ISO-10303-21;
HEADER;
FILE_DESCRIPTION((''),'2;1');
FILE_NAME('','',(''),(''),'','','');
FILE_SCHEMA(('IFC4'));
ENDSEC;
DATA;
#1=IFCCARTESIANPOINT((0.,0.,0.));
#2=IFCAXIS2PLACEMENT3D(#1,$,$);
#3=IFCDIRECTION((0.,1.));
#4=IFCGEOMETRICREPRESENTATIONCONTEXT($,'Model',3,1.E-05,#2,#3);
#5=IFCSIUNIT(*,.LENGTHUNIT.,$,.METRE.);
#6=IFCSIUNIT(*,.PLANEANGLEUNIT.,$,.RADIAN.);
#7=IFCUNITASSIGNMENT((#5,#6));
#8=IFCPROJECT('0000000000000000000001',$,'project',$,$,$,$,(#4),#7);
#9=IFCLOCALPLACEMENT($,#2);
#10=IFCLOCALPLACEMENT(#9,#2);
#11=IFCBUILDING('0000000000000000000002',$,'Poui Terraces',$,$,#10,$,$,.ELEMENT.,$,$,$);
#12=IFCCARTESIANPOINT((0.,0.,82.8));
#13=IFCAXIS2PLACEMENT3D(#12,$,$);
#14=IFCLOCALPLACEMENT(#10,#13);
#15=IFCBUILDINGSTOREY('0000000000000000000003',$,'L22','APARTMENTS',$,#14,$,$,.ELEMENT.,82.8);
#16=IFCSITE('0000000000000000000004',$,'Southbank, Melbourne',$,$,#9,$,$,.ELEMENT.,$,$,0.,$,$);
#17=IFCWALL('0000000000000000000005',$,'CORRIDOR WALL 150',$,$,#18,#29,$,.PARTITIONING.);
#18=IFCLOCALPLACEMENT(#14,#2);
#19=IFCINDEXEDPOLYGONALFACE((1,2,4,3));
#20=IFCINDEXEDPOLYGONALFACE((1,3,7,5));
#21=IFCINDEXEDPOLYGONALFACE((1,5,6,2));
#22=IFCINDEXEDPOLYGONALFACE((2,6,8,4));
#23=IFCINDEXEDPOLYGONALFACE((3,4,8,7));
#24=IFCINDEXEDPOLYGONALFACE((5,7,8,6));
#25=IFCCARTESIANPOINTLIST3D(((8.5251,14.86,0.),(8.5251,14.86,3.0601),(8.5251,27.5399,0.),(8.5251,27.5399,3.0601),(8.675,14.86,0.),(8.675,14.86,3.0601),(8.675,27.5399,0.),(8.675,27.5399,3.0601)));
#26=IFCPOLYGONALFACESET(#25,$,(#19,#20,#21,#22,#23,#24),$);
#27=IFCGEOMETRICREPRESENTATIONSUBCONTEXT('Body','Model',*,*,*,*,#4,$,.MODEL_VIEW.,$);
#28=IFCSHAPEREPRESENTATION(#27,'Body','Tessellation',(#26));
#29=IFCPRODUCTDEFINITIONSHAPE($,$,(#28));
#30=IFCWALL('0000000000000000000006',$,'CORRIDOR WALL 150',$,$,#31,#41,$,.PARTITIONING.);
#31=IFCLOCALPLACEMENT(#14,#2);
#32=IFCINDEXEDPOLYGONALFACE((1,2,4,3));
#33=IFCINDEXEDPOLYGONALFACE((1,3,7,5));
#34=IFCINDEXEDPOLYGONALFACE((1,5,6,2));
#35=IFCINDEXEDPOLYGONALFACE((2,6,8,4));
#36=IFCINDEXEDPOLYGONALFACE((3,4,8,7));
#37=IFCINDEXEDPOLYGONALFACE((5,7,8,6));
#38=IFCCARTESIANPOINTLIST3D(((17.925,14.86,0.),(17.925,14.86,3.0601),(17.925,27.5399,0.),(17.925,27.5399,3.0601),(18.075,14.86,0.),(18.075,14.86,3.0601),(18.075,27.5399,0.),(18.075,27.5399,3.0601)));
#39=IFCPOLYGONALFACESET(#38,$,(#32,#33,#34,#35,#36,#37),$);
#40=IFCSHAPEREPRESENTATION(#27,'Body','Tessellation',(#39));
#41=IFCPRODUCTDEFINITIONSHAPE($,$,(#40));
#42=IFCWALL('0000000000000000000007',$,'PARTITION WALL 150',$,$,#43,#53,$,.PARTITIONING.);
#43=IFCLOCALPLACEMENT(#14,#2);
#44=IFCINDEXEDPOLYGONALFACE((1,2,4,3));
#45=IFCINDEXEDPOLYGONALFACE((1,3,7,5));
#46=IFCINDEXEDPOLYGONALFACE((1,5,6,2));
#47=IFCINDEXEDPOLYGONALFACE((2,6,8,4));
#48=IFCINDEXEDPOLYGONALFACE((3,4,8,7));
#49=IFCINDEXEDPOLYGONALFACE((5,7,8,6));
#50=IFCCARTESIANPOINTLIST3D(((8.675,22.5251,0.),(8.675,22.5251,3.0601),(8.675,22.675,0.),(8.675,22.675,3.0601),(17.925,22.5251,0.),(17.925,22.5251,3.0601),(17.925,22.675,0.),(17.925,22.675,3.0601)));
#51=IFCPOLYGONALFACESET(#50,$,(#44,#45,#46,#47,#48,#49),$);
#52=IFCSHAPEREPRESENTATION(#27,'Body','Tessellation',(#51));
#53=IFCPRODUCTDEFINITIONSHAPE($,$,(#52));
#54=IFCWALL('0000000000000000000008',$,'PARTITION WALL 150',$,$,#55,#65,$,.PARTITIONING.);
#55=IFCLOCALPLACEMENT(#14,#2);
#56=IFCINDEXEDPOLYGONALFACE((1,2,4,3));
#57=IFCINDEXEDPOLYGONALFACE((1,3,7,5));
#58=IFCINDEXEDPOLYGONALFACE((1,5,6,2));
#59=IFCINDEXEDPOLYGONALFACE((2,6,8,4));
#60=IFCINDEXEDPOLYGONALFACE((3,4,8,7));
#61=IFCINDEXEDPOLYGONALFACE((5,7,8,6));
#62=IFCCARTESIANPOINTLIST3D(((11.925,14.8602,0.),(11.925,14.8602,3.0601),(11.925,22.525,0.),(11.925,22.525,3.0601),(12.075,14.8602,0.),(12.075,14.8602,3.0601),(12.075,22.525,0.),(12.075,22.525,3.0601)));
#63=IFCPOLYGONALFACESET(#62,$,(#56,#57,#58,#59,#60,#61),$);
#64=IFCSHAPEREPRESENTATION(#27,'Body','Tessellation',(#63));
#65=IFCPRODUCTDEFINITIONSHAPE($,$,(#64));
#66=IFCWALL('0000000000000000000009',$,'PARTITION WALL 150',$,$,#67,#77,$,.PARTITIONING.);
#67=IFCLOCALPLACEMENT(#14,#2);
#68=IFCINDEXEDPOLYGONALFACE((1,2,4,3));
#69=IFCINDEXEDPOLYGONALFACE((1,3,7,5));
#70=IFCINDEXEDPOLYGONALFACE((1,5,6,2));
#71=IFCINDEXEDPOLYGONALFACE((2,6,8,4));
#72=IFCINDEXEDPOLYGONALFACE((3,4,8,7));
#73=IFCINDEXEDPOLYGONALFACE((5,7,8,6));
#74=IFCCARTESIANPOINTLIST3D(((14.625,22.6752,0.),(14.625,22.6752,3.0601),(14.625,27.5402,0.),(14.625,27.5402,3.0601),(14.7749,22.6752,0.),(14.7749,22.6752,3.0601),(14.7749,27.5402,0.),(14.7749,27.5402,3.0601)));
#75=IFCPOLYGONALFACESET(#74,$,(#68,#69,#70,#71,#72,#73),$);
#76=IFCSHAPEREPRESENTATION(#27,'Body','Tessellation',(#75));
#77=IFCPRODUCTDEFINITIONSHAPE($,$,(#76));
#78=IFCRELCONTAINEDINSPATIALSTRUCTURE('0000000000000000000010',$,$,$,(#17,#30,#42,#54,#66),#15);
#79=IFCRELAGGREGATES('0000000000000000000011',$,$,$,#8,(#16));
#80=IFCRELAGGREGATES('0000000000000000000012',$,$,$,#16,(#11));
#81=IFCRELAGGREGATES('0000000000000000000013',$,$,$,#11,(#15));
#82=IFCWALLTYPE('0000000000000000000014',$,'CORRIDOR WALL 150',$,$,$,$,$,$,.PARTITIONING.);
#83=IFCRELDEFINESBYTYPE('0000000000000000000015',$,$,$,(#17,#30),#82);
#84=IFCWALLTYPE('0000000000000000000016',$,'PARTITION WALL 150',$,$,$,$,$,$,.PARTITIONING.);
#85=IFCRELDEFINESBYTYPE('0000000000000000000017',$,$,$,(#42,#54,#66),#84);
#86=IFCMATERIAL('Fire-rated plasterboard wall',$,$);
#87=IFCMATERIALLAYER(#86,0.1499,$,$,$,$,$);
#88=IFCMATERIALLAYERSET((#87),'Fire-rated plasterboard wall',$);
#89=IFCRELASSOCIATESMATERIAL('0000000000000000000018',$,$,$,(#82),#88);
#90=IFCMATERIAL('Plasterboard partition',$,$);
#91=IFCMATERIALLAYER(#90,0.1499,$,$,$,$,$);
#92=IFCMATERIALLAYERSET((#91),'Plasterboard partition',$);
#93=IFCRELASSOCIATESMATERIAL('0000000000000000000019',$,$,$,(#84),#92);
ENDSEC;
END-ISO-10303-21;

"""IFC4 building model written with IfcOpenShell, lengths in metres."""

from ifc_helpers import new_model, si_unit, direction, frame, frame_2d, origin, place, context, subcontext, project, spatial, rectangle, extrude, material, layer, layer_set, type_object, element, save


model = new_model("IFC4")

# Units and contexts
model_context = context("Model", 3, precision=1e-05, world=origin(), true_north=direction((0.0, 1.0)))
body_context = subcontext(model_context, "Body", "Model", "MODEL_VIEW")
ifc_project = project(units=[si_unit("LENGTHUNIT", "METRE"), si_unit("PLANEANGLEUNIT", "RADIAN")], contexts=[model_context])

# Site, building, storey
site_placement = place(None, origin())
site = spatial("IfcSite", under=ifc_project, at=site_placement, Name="Southbank, Melbourne", CompositionType="ELEMENT", RefElevation=0.0)
building_placement = place(site_placement, origin())
building = spatial("IfcBuilding", under=site, at=building_placement, Name="Poui Terraces", CompositionType="ELEMENT")
storey_placement = place(building_placement, frame((0.0, 0.0, 82.8)))
storey = spatial("IfcBuildingStorey", under=building, at=storey_placement, Name="L22", Description="APARTMENTS", CompositionType="ELEMENT", Elevation=82.8)

# Walls
ifc_material_1 = material(Name="Fire-rated plasterboard wall")
ifc_layer_1 = layer(ifc_material_1, 0.1499)
ifc_layer_set_1 = layer_set([ifc_layer_1], Name="Fire-rated plasterboard wall")
wall_type_1 = type_object("IfcWallType", Name="CORRIDOR WALL 150", PredefinedType="PARTITIONING", material=ifc_layer_set_1)
for number, where, z_axis, x_axis, name in (
    (1, (8.6001, 14.8601, 0.0), (0.0, 0.0, 1.0), (0.0, 1.0, 0.0), "CORRIDOR WALL 150"),
    (2, (18.0, 14.8601, 0.0), (0.0, 0.0, 1.0), (0.0, 1.0, 0.0), "CORRIDOR WALL 150"),
):
    element("IfcWall", number, at=place(storey_placement, frame(where, z_axis=z_axis, x_axis=x_axis)), inside=storey, type_object=wall_type_1, Name=name, PredefinedType="PARTITIONING", context=body_context, shape_type="SweptSolid", body=[
        extrude(rectangle(XDim=12.6799, YDim=0.1499, at=frame_2d((6.3398, 0.0))), origin(), (0.0, 0.0, 1.0), 3.0601),
    ])
ifc_material_2 = material(Name="Plasterboard partition")
ifc_layer_2 = layer(ifc_material_2, 0.1499)
ifc_layer_set_2 = layer_set([ifc_layer_2], Name="Plasterboard partition")
wall_type_2 = type_object("IfcWallType", Name="PARTITION WALL 150", PredefinedType="PARTITIONING", material=ifc_layer_set_2)
wall_1_placement = place(storey_placement, frame((8.675, 22.6001, 0.0), z_axis=(0.0, 0.0, 1.0), x_axis=(1.0, 0.0, 0.0)))
element("IfcWall", 3, at=wall_1_placement, inside=storey, type_object=wall_type_2, Name="PARTITION WALL 150", PredefinedType="PARTITIONING", context=body_context, shape_type="SweptSolid", body=[
    extrude(rectangle(XDim=9.25, YDim=0.1499, at=frame_2d((4.625, 0.0))), origin(), (0.0, 0.0, 1.0), 3.0601),
])
wall_2_placement = place(storey_placement, frame((12.0, 14.8601, 0.0), z_axis=(0.0, 0.0, 1.0), x_axis=(0.0, 1.0, 0.0)))
element("IfcWall", 4, at=wall_2_placement, inside=storey, type_object=wall_type_2, Name="PARTITION WALL 150", PredefinedType="PARTITIONING", context=body_context, shape_type="SweptSolid", body=[
    extrude(rectangle(XDim=7.6648, YDim=0.1499, at=frame_2d((3.8325, 0.0))), origin(), (0.0, 0.0, 1.0), 3.0601),
])
wall_3_placement = place(storey_placement, frame((14.7, 22.675, 0.0), z_axis=(0.0, 0.0, 1.0), x_axis=(0.0, 1.0, 0.0)))
element("IfcWall", 5, at=wall_3_placement, inside=storey, type_object=wall_type_2, Name="PARTITION WALL 150", PredefinedType="PARTITIONING", context=body_context, shape_type="SweptSolid", body=[
    extrude(rectangle(XDim=4.865, YDim=0.1499, at=frame_2d((2.4326, 0.0))), origin(), (0.0, 0.0, 1.0), 3.0601),
])

save(model, "model.ifc")
